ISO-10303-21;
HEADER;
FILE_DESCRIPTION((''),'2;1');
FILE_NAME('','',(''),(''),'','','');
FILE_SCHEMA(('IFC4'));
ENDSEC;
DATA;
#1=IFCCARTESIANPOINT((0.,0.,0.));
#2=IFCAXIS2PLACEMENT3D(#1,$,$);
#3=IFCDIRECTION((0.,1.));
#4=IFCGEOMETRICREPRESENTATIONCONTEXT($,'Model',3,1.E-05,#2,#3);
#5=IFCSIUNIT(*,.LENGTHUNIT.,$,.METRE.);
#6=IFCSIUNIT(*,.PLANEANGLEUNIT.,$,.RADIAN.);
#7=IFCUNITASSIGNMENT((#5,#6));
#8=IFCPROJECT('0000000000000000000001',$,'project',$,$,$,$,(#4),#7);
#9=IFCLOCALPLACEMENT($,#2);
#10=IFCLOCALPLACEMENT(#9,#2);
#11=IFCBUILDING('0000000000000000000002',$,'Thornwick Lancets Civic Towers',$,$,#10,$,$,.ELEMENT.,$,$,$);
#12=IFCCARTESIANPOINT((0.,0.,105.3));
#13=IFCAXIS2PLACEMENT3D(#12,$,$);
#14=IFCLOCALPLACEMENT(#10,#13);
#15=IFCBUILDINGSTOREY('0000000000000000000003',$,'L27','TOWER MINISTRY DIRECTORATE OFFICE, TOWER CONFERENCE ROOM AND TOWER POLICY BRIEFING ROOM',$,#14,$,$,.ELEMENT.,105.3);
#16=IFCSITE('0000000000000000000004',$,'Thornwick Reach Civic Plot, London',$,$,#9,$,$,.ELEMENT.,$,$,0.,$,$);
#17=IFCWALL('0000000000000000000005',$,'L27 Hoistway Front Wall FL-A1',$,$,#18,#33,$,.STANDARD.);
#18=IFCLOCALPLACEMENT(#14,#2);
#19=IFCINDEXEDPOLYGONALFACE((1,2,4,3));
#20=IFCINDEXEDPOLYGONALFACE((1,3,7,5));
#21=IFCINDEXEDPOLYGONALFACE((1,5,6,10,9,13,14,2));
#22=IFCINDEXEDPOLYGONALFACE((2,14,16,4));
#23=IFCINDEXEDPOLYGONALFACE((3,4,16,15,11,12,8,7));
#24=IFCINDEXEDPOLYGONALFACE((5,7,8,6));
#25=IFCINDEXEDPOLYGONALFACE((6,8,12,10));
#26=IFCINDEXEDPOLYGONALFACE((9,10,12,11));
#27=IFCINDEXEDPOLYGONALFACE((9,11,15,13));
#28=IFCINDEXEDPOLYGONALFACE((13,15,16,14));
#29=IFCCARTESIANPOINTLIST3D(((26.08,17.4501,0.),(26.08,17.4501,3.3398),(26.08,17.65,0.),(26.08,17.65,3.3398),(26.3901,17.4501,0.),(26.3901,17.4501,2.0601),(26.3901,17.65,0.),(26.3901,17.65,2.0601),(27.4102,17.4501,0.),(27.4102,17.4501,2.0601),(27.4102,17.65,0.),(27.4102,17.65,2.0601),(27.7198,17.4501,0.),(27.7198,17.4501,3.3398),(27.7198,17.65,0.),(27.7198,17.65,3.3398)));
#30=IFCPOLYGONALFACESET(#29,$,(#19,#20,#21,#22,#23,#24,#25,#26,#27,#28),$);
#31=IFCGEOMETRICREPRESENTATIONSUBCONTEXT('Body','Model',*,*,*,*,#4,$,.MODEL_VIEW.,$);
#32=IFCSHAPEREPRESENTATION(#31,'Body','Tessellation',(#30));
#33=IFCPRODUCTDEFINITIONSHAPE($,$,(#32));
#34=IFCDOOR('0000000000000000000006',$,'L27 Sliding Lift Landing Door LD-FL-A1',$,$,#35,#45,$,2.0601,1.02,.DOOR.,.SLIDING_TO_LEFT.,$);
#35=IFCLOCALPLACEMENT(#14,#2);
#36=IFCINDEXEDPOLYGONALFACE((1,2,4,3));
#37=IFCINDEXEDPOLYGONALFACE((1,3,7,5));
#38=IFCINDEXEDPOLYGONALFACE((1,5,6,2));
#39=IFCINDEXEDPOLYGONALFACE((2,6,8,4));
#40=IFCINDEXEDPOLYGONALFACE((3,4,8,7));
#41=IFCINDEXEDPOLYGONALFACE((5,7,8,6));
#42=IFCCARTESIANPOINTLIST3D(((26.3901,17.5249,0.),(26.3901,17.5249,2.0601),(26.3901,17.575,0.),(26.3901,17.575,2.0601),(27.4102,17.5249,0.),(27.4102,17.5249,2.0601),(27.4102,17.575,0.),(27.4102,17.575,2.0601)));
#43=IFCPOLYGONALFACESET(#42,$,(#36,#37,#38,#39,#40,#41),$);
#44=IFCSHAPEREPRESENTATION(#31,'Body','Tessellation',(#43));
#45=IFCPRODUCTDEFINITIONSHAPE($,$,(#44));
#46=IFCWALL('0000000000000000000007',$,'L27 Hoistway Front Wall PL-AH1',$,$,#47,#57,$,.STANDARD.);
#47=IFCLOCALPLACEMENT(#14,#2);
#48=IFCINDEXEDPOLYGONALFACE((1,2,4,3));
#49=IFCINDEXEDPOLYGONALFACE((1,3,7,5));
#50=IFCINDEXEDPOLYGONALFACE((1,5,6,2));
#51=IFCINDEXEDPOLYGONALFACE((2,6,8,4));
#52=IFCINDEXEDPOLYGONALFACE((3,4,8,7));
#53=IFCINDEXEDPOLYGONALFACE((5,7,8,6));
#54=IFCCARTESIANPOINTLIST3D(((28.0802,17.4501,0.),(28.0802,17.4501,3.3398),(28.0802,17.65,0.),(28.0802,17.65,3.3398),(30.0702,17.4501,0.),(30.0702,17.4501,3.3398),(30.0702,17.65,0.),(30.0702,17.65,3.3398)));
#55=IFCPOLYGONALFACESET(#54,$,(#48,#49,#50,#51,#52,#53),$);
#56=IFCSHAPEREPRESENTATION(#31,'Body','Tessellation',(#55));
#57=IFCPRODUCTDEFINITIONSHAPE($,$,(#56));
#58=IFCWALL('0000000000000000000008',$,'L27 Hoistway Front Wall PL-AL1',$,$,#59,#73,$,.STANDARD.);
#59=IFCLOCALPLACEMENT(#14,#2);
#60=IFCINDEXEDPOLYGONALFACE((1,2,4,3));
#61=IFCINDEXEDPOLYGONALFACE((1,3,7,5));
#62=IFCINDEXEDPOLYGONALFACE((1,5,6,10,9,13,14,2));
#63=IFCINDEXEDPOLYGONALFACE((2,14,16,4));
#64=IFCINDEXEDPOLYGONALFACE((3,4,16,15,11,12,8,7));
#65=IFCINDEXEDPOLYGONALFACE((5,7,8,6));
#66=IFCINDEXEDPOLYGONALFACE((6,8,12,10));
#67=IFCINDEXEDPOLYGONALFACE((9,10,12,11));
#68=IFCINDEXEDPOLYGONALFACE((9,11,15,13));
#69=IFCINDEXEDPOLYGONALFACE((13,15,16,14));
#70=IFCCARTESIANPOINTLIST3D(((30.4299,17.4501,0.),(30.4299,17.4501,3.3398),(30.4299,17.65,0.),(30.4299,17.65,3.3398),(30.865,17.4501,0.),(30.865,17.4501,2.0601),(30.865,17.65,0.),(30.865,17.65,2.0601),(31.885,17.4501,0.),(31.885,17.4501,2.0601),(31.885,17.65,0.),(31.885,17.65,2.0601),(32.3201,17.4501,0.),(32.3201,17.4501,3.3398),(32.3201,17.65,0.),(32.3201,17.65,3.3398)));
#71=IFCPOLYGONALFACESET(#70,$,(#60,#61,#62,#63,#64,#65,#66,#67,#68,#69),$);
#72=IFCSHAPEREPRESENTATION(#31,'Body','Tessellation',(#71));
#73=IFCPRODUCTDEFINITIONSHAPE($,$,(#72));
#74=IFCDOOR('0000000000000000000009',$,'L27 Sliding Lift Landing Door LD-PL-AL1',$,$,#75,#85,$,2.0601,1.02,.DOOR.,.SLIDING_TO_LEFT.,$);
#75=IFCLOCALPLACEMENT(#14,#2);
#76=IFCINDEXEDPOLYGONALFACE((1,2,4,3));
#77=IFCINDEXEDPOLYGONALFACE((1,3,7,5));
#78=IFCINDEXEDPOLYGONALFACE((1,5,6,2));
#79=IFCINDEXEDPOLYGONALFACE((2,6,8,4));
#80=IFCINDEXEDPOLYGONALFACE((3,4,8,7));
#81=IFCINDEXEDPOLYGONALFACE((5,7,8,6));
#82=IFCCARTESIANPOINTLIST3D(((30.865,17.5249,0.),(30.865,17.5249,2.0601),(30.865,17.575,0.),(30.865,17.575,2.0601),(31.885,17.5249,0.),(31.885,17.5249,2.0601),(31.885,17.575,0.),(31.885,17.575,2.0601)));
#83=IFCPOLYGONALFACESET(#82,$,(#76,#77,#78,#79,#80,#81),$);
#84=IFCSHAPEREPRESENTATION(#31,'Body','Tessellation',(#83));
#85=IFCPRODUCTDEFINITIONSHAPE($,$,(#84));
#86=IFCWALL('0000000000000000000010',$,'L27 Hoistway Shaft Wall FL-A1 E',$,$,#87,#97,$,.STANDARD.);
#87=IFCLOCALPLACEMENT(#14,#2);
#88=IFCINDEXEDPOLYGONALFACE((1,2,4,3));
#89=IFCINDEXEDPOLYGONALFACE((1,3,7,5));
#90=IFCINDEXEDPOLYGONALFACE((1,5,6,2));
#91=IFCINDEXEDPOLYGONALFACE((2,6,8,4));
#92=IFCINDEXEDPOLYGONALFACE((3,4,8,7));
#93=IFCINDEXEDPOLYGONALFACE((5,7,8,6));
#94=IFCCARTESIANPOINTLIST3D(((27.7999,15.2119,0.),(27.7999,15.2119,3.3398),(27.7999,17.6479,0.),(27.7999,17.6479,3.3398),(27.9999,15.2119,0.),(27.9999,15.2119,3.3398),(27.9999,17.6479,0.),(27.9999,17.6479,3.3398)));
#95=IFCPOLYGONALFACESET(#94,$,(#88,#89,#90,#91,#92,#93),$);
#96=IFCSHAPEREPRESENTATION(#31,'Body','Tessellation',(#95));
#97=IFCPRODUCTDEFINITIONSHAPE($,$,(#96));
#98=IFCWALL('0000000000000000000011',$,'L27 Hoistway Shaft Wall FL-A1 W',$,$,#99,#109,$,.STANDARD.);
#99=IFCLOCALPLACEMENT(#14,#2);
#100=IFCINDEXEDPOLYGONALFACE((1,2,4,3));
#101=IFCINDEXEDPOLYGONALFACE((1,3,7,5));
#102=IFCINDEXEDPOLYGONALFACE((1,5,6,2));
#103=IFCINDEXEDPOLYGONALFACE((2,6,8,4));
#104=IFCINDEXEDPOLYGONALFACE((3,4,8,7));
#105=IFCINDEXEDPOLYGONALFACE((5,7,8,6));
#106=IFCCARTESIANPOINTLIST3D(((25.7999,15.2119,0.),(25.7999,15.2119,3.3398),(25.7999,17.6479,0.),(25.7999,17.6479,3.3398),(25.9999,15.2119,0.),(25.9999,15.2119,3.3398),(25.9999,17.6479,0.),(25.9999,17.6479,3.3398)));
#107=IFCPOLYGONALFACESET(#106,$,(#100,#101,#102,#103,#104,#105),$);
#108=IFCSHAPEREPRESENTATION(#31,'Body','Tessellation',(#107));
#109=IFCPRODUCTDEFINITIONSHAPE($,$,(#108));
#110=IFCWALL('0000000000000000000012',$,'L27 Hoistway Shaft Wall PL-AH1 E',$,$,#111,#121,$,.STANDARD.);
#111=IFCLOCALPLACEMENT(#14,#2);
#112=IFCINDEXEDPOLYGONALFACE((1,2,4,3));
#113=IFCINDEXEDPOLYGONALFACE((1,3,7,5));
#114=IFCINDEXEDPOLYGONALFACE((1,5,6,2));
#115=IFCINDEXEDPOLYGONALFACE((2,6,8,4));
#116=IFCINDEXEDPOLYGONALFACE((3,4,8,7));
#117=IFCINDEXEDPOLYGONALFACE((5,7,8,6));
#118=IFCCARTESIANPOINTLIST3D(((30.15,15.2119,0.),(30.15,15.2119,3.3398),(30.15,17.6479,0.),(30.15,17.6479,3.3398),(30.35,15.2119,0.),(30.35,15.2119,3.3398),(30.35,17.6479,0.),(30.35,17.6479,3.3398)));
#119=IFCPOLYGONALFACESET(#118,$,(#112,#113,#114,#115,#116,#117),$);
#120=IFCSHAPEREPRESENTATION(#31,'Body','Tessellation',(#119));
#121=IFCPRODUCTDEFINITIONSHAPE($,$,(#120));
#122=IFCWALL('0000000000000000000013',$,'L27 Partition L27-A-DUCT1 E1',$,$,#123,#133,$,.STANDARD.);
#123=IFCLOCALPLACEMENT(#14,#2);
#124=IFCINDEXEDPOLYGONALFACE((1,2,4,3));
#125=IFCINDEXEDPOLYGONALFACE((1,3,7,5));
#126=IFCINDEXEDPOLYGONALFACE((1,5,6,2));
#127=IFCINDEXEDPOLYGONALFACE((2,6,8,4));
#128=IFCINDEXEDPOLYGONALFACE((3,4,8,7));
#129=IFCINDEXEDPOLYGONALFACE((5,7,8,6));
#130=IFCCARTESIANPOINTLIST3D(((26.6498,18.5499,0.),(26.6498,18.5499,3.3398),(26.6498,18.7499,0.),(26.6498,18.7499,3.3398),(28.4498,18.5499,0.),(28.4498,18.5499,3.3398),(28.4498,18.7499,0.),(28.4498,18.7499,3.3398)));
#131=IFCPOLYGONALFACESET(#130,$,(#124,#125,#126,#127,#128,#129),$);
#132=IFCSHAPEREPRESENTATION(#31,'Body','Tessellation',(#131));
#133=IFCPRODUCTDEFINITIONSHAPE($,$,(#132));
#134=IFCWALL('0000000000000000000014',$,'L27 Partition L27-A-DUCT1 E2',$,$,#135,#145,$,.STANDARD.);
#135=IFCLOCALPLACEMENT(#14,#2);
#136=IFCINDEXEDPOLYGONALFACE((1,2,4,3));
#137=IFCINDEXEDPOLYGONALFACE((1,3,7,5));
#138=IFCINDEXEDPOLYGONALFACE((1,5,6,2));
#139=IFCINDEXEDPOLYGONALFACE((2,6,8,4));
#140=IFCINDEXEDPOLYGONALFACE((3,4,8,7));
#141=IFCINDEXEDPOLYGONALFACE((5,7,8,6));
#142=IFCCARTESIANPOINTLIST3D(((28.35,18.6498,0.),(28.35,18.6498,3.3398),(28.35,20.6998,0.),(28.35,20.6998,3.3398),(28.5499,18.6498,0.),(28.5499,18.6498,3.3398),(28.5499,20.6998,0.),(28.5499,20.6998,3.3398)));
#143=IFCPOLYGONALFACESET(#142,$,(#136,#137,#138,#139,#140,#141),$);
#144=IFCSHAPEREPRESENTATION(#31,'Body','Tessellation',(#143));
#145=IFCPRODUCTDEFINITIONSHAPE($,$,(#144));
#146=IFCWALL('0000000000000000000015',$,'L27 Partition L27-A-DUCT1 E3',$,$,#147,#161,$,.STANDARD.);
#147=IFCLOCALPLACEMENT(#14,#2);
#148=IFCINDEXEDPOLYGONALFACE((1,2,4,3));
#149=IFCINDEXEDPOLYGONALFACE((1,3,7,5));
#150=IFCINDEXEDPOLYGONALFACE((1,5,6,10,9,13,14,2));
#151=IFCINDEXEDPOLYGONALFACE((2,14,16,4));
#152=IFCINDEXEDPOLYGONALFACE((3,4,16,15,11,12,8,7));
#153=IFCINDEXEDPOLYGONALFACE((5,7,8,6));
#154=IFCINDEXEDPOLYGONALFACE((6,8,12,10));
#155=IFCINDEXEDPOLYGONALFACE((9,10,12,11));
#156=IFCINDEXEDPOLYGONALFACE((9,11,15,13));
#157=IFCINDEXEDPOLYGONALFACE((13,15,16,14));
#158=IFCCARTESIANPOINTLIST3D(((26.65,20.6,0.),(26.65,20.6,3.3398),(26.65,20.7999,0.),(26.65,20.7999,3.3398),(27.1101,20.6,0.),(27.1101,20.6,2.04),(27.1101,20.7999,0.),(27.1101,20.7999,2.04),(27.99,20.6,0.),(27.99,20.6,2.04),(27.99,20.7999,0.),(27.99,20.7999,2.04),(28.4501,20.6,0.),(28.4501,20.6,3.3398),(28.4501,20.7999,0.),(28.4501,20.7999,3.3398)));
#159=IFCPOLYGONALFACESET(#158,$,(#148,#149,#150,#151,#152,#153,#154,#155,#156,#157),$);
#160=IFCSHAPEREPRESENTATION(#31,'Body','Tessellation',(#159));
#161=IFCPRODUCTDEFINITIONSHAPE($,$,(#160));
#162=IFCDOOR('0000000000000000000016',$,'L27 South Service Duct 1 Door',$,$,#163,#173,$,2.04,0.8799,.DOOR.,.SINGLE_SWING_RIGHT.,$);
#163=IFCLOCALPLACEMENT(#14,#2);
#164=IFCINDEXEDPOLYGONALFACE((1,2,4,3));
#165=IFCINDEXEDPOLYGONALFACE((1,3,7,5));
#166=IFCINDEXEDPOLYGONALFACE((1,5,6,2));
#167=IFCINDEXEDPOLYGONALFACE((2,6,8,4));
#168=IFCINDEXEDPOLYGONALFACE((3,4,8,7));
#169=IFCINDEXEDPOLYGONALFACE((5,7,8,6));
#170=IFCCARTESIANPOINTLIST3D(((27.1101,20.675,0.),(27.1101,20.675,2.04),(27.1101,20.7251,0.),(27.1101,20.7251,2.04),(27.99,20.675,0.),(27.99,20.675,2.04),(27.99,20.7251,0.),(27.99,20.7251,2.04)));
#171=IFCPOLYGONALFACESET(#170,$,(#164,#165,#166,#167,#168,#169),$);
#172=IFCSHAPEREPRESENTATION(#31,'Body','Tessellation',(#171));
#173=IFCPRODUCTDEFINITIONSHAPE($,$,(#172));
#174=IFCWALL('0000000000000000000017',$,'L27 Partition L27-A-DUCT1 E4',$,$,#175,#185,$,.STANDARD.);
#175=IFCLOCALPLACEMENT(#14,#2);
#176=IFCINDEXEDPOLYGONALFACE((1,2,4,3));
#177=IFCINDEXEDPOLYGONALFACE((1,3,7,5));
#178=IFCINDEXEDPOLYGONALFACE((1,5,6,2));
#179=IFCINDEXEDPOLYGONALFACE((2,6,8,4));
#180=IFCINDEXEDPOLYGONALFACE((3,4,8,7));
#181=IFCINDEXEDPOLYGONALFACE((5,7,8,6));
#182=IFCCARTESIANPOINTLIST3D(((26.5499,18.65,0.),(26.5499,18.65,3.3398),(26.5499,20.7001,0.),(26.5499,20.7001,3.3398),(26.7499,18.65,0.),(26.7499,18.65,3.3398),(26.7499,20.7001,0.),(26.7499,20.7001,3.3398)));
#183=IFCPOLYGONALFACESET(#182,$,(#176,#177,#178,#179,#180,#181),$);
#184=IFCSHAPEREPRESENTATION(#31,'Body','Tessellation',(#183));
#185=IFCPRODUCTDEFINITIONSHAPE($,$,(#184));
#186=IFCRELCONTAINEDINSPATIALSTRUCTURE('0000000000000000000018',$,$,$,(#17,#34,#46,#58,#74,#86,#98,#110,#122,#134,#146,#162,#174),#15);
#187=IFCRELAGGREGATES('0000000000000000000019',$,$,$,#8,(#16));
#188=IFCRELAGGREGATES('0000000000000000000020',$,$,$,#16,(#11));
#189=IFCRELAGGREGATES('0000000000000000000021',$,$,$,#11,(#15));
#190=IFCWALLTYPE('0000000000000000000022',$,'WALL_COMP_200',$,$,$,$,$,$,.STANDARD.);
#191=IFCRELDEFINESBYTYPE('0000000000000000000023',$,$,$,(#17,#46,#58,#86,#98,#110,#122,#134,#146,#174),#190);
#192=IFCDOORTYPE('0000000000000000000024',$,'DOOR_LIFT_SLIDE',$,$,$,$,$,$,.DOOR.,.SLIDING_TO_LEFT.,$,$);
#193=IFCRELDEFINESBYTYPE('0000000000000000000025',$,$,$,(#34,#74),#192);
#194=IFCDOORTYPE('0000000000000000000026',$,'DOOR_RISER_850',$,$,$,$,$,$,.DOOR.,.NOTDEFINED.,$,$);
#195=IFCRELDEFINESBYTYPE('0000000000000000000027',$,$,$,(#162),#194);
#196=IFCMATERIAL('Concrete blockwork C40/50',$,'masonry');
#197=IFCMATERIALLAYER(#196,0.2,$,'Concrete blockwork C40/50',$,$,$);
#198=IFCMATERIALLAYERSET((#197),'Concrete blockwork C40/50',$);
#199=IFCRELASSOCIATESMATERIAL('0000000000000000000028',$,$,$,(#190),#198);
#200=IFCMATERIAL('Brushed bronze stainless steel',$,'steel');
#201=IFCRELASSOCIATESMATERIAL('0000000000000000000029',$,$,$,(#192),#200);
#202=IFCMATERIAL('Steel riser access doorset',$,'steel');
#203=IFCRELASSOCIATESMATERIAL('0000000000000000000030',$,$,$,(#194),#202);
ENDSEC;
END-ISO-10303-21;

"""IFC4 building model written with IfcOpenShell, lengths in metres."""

from ifc_helpers import new_model, si_unit, direction, frame, frame_2d, origin, place, context, subcontext, project, spatial, rectangle, extrude, material, layer, layer_set, type_object, element, fill, save


model = new_model("IFC4")

# Units and contexts
model_context = context("Model", 3, precision=1e-05, world=origin(), true_north=direction((0.0, 1.0)))
body_context = subcontext(model_context, "Body", "Model", "MODEL_VIEW")
ifc_project = project(units=[si_unit("LENGTHUNIT", "METRE"), si_unit("PLANEANGLEUNIT", "RADIAN")], contexts=[model_context])

# Site, building, storey
site_placement = place(None, origin())
site = spatial("IfcSite", under=ifc_project, at=site_placement, Name="Thornwick Reach Civic Plot, London", CompositionType="ELEMENT", RefElevation=0.0)
building_placement = place(site_placement, origin())
building = spatial("IfcBuilding", under=site, at=building_placement, Name="Thornwick Lancets Civic Towers", CompositionType="ELEMENT")
storey_placement = place(building_placement, frame((0.0, 0.0, 105.3)))
storey = spatial("IfcBuildingStorey", under=building, at=storey_placement, Name="L27", Description="TOWER MINISTRY DIRECTORATE OFFICE, TOWER CONFERENCE ROOM AND TOWER POLICY BRIEFING ROOM", CompositionType="ELEMENT", Elevation=105.3)

# Wall, opening, door
ifc_material_1 = material(Name="Concrete blockwork C40/50", Category="masonry")
ifc_layer_1 = layer(ifc_material_1, 0.2, Name="Concrete blockwork C40/50")
ifc_layer_set_1 = layer_set([ifc_layer_1], Name="Concrete blockwork C40/50")
wall_type_1 = type_object("IfcWallType", Name="WALL_COMP_200", PredefinedType="STANDARD", material=ifc_layer_set_1)
wall_1_placement = place(storey_placement, frame((26.0801, 17.55, 0.0), z_axis=(0.0, 0.0, 1.0), x_axis=(1.0, 0.0, 0.0)))
wall_1 = element("IfcWall", 1, at=wall_1_placement, inside=storey, type_object=wall_type_1, Name="L27 Hoistway Front Wall FL-A1", PredefinedType="STANDARD", context=body_context, shape_type="SweptSolid", body=[
    extrude(rectangle(XDim=1.6399, YDim=0.2, at=frame_2d((0.8198, 0.0))), origin(), (0.0, 0.0, 1.0), 3.3398),
])
opening_1_placement = place(wall_1_placement, frame((0.3101, 0.0, 0.0)))
opening_1 = element("IfcOpeningElement", 2, at=opening_1_placement, cuts=wall_1, PredefinedType="OPENING", context=body_context, shape_type="SweptSolid", body=[
    extrude(rectangle(XDim=1.02, YDim=2.0601, at=frame_2d((0.51, 1.03))), frame((0.0, 0.1099, 0.0), z_axis=(0.0, -1.0, 0.0), x_axis=(1.0, 0.0, 0.0)), (0.0, 0.0, 1.0), 0.22),
])
ifc_material_2 = material(Name="Brushed bronze stainless steel", Category="steel")
door_type_1 = type_object("IfcDoorType", Name="DOOR_LIFT_SLIDE", OperationType="SLIDING_TO_LEFT", PredefinedType="DOOR", material=ifc_material_2)
door_1_placement = place(opening_1_placement, origin())
door_1 = element("IfcDoor", 3, at=door_1_placement, inside=storey, type_object=door_type_1, Name="L27 Sliding Lift Landing Door LD-FL-A1", OperationType="SLIDING_TO_LEFT", OverallHeight=2.0601, OverallWidth=1.02, PredefinedType="DOOR", context=body_context, shape_type="SweptSolid", body=[
    extrude(rectangle(XDim=1.02, YDim=2.0601, at=frame_2d((0.51, 1.03))), frame((0.0, 0.0249, 0.0), z_axis=(0.0, -1.0, 0.0), x_axis=(1.0, 0.0, 0.0)), (0.0, 0.0, 1.0), 0.05),
])
fill(opening_1, door_1)

# Wall
wall_2_placement = place(storey_placement, frame((28.0801, 17.55, 0.0), z_axis=(0.0, 0.0, 1.0), x_axis=(1.0, 0.0, 0.0)))
element("IfcWall", 4, at=wall_2_placement, inside=storey, type_object=wall_type_1, Name="L27 Hoistway Front Wall PL-AH1", PredefinedType="STANDARD", context=body_context, shape_type="SweptSolid", body=[
    extrude(rectangle(XDim=1.99, YDim=0.2, at=frame_2d((0.9951, 0.0))), origin(), (0.0, 0.0, 1.0), 3.3398),
])

# Wall, opening, door
wall_3_placement = place(storey_placement, frame((30.4299, 17.55, 0.0), z_axis=(0.0, 0.0, 1.0), x_axis=(1.0, 0.0, 0.0)))
wall_3 = element("IfcWall", 5, at=wall_3_placement, inside=storey, type_object=wall_type_1, Name="L27 Hoistway Front Wall PL-AL1", PredefinedType="STANDARD", context=body_context, shape_type="SweptSolid", body=[
    extrude(rectangle(XDim=1.8901, YDim=0.2, at=frame_2d((0.9451, 0.0))), origin(), (0.0, 0.0, 1.0), 3.3398),
])
opening_2_placement = place(wall_3_placement, frame((0.4351, 0.0, 0.0)))
opening_2 = element("IfcOpeningElement", 6, at=opening_2_placement, cuts=wall_3, PredefinedType="OPENING", context=body_context, shape_type="SweptSolid", body=[
    extrude(rectangle(XDim=1.02, YDim=2.0601, at=frame_2d((0.51, 1.03))), frame((0.0, 0.1099, 0.0), z_axis=(0.0, -1.0, 0.0), x_axis=(1.0, 0.0, 0.0)), (0.0, 0.0, 1.0), 0.22),
])
door_2_placement = place(opening_2_placement, origin())
door_2 = element("IfcDoor", 7, at=door_2_placement, inside=storey, type_object=door_type_1, Name="L27 Sliding Lift Landing Door LD-PL-AL1", OperationType="SLIDING_TO_LEFT", OverallHeight=2.0601, OverallWidth=1.02, PredefinedType="DOOR", context=body_context, shape_type="SweptSolid", body=[
    extrude(rectangle(XDim=1.02, YDim=2.0601, at=frame_2d((0.51, 1.03))), frame((0.0, 0.0249, 0.0), z_axis=(0.0, -1.0, 0.0), x_axis=(1.0, 0.0, 0.0)), (0.0, 0.0, 1.0), 0.05),
])
fill(opening_2, door_2)

# Walls
for number, where, z_axis, x_axis, name in (
    (8, (27.8999, 15.2119, 0.0), (0.0, 0.0, 1.0), (0.0, 1.0, 0.0), "L27 Hoistway Shaft Wall FL-A1 E"),
    (9, (25.8999, 15.2119, 0.0), (0.0, 0.0, 1.0), (0.0, 1.0, 0.0), "L27 Hoistway Shaft Wall FL-A1 W"),
    (10, (30.25, 15.2119, 0.0), (0.0, 0.0, 1.0), (0.0, 1.0, 0.0), "L27 Hoistway Shaft Wall PL-AH1 E"),
):
    element("IfcWall", number, at=place(storey_placement, frame(where, z_axis=z_axis, x_axis=x_axis)), inside=storey, type_object=wall_type_1, Name=name, PredefinedType="STANDARD", context=body_context, shape_type="SweptSolid", body=[
        extrude(rectangle(XDim=2.436, YDim=0.2, at=frame_2d((1.218, 0.0))), origin(), (0.0, 0.0, 1.0), 3.3398),
    ])
wall_4_placement = place(storey_placement, frame((26.6499, 18.6499, 0.0), z_axis=(0.0, 0.0, 1.0), x_axis=(1.0, 0.0, 0.0)))
element("IfcWall", 11, at=wall_4_placement, inside=storey, type_object=wall_type_1, Name="L27 Partition L27-A-DUCT1 E1", PredefinedType="STANDARD", context=body_context, shape_type="SweptSolid", body=[
    extrude(rectangle(XDim=1.8, YDim=0.2, at=frame_2d((0.8999, 0.0))), origin(), (0.0, 0.0, 1.0), 3.3398),
])
wall_5_placement = place(storey_placement, frame((28.45, 18.6499, 0.0), z_axis=(0.0, 0.0, 1.0), x_axis=(0.0, 1.0, 0.0)))
element("IfcWall", 12, at=wall_5_placement, inside=storey, type_object=wall_type_1, Name="L27 Partition L27-A-DUCT1 E2", PredefinedType="STANDARD", context=body_context, shape_type="SweptSolid", body=[
    extrude(rectangle(XDim=2.05, YDim=0.2, at=frame_2d((1.0249, 0.0))), origin(), (0.0, 0.0, 1.0), 3.3398),
])

# Wall, opening, door
wall_6_placement = place(storey_placement, frame((28.45, 20.7, 0.0), z_axis=(0.0, 0.0, 1.0), x_axis=(-1.0, 0.0, 0.0)))
wall_6 = element("IfcWall", 13, at=wall_6_placement, inside=storey, type_object=wall_type_1, Name="L27 Partition L27-A-DUCT1 E3", PredefinedType="STANDARD", context=body_context, shape_type="SweptSolid", body=[
    extrude(rectangle(XDim=1.8, YDim=0.2, at=frame_2d((0.8999, 0.0))), origin(), (0.0, 0.0, 1.0), 3.3398),
])
opening_3_placement = place(wall_6_placement, frame((0.46, 0.0, 0.0)))
opening_3 = element("IfcOpeningElement", 14, at=opening_3_placement, cuts=wall_6, PredefinedType="OPENING", context=body_context, shape_type="SweptSolid", body=[
    extrude(rectangle(XDim=0.8799, YDim=2.04, at=frame_2d((0.4399, 1.02))), frame((0.0, 0.1099, 0.0), z_axis=(0.0, -1.0, 0.0), x_axis=(1.0, 0.0, 0.0)), (0.0, 0.0, 1.0), 0.22),
])
ifc_material_3 = material(Name="Steel riser access doorset", Category="steel")
door_type_2 = type_object("IfcDoorType", Name="DOOR_RISER_850", OperationType="NOTDEFINED", PredefinedType="DOOR", material=ifc_material_3)
door_3_placement = place(opening_3_placement, origin())
door_3 = element("IfcDoor", 15, at=door_3_placement, inside=storey, type_object=door_type_2, Name="L27 South Service Duct 1 Door", OperationType="SINGLE_SWING_RIGHT", OverallHeight=2.04, OverallWidth=0.8799, PredefinedType="DOOR", context=body_context, shape_type="SweptSolid", body=[
    extrude(rectangle(XDim=0.8799, YDim=2.04, at=frame_2d((0.4399, 1.02))), frame((0.0, 0.0249, 0.0), z_axis=(0.0, -1.0, 0.0), x_axis=(1.0, 0.0, 0.0)), (0.0, 0.0, 1.0), 0.05),
])
fill(opening_3, door_3)

# Wall
for number, where, z_axis, x_axis, name in (
    (16, (26.6499, 20.7, 0.0), (0.0, 0.0, 1.0), (0.0, -1.0, 0.0), "L27 Partition L27-A-DUCT1 E4"),
):
    element("IfcWall", number, at=place(storey_placement, frame(where, z_axis=z_axis, x_axis=x_axis)), inside=storey, type_object=wall_type_1, Name=name, PredefinedType="STANDARD", context=body_context, shape_type="SweptSolid", body=[
        extrude(rectangle(XDim=2.05, YDim=0.2, at=frame_2d((1.0249, 0.0))), origin(), (0.0, 0.0, 1.0), 3.3398),
    ])

save(model, "model.ifc")
